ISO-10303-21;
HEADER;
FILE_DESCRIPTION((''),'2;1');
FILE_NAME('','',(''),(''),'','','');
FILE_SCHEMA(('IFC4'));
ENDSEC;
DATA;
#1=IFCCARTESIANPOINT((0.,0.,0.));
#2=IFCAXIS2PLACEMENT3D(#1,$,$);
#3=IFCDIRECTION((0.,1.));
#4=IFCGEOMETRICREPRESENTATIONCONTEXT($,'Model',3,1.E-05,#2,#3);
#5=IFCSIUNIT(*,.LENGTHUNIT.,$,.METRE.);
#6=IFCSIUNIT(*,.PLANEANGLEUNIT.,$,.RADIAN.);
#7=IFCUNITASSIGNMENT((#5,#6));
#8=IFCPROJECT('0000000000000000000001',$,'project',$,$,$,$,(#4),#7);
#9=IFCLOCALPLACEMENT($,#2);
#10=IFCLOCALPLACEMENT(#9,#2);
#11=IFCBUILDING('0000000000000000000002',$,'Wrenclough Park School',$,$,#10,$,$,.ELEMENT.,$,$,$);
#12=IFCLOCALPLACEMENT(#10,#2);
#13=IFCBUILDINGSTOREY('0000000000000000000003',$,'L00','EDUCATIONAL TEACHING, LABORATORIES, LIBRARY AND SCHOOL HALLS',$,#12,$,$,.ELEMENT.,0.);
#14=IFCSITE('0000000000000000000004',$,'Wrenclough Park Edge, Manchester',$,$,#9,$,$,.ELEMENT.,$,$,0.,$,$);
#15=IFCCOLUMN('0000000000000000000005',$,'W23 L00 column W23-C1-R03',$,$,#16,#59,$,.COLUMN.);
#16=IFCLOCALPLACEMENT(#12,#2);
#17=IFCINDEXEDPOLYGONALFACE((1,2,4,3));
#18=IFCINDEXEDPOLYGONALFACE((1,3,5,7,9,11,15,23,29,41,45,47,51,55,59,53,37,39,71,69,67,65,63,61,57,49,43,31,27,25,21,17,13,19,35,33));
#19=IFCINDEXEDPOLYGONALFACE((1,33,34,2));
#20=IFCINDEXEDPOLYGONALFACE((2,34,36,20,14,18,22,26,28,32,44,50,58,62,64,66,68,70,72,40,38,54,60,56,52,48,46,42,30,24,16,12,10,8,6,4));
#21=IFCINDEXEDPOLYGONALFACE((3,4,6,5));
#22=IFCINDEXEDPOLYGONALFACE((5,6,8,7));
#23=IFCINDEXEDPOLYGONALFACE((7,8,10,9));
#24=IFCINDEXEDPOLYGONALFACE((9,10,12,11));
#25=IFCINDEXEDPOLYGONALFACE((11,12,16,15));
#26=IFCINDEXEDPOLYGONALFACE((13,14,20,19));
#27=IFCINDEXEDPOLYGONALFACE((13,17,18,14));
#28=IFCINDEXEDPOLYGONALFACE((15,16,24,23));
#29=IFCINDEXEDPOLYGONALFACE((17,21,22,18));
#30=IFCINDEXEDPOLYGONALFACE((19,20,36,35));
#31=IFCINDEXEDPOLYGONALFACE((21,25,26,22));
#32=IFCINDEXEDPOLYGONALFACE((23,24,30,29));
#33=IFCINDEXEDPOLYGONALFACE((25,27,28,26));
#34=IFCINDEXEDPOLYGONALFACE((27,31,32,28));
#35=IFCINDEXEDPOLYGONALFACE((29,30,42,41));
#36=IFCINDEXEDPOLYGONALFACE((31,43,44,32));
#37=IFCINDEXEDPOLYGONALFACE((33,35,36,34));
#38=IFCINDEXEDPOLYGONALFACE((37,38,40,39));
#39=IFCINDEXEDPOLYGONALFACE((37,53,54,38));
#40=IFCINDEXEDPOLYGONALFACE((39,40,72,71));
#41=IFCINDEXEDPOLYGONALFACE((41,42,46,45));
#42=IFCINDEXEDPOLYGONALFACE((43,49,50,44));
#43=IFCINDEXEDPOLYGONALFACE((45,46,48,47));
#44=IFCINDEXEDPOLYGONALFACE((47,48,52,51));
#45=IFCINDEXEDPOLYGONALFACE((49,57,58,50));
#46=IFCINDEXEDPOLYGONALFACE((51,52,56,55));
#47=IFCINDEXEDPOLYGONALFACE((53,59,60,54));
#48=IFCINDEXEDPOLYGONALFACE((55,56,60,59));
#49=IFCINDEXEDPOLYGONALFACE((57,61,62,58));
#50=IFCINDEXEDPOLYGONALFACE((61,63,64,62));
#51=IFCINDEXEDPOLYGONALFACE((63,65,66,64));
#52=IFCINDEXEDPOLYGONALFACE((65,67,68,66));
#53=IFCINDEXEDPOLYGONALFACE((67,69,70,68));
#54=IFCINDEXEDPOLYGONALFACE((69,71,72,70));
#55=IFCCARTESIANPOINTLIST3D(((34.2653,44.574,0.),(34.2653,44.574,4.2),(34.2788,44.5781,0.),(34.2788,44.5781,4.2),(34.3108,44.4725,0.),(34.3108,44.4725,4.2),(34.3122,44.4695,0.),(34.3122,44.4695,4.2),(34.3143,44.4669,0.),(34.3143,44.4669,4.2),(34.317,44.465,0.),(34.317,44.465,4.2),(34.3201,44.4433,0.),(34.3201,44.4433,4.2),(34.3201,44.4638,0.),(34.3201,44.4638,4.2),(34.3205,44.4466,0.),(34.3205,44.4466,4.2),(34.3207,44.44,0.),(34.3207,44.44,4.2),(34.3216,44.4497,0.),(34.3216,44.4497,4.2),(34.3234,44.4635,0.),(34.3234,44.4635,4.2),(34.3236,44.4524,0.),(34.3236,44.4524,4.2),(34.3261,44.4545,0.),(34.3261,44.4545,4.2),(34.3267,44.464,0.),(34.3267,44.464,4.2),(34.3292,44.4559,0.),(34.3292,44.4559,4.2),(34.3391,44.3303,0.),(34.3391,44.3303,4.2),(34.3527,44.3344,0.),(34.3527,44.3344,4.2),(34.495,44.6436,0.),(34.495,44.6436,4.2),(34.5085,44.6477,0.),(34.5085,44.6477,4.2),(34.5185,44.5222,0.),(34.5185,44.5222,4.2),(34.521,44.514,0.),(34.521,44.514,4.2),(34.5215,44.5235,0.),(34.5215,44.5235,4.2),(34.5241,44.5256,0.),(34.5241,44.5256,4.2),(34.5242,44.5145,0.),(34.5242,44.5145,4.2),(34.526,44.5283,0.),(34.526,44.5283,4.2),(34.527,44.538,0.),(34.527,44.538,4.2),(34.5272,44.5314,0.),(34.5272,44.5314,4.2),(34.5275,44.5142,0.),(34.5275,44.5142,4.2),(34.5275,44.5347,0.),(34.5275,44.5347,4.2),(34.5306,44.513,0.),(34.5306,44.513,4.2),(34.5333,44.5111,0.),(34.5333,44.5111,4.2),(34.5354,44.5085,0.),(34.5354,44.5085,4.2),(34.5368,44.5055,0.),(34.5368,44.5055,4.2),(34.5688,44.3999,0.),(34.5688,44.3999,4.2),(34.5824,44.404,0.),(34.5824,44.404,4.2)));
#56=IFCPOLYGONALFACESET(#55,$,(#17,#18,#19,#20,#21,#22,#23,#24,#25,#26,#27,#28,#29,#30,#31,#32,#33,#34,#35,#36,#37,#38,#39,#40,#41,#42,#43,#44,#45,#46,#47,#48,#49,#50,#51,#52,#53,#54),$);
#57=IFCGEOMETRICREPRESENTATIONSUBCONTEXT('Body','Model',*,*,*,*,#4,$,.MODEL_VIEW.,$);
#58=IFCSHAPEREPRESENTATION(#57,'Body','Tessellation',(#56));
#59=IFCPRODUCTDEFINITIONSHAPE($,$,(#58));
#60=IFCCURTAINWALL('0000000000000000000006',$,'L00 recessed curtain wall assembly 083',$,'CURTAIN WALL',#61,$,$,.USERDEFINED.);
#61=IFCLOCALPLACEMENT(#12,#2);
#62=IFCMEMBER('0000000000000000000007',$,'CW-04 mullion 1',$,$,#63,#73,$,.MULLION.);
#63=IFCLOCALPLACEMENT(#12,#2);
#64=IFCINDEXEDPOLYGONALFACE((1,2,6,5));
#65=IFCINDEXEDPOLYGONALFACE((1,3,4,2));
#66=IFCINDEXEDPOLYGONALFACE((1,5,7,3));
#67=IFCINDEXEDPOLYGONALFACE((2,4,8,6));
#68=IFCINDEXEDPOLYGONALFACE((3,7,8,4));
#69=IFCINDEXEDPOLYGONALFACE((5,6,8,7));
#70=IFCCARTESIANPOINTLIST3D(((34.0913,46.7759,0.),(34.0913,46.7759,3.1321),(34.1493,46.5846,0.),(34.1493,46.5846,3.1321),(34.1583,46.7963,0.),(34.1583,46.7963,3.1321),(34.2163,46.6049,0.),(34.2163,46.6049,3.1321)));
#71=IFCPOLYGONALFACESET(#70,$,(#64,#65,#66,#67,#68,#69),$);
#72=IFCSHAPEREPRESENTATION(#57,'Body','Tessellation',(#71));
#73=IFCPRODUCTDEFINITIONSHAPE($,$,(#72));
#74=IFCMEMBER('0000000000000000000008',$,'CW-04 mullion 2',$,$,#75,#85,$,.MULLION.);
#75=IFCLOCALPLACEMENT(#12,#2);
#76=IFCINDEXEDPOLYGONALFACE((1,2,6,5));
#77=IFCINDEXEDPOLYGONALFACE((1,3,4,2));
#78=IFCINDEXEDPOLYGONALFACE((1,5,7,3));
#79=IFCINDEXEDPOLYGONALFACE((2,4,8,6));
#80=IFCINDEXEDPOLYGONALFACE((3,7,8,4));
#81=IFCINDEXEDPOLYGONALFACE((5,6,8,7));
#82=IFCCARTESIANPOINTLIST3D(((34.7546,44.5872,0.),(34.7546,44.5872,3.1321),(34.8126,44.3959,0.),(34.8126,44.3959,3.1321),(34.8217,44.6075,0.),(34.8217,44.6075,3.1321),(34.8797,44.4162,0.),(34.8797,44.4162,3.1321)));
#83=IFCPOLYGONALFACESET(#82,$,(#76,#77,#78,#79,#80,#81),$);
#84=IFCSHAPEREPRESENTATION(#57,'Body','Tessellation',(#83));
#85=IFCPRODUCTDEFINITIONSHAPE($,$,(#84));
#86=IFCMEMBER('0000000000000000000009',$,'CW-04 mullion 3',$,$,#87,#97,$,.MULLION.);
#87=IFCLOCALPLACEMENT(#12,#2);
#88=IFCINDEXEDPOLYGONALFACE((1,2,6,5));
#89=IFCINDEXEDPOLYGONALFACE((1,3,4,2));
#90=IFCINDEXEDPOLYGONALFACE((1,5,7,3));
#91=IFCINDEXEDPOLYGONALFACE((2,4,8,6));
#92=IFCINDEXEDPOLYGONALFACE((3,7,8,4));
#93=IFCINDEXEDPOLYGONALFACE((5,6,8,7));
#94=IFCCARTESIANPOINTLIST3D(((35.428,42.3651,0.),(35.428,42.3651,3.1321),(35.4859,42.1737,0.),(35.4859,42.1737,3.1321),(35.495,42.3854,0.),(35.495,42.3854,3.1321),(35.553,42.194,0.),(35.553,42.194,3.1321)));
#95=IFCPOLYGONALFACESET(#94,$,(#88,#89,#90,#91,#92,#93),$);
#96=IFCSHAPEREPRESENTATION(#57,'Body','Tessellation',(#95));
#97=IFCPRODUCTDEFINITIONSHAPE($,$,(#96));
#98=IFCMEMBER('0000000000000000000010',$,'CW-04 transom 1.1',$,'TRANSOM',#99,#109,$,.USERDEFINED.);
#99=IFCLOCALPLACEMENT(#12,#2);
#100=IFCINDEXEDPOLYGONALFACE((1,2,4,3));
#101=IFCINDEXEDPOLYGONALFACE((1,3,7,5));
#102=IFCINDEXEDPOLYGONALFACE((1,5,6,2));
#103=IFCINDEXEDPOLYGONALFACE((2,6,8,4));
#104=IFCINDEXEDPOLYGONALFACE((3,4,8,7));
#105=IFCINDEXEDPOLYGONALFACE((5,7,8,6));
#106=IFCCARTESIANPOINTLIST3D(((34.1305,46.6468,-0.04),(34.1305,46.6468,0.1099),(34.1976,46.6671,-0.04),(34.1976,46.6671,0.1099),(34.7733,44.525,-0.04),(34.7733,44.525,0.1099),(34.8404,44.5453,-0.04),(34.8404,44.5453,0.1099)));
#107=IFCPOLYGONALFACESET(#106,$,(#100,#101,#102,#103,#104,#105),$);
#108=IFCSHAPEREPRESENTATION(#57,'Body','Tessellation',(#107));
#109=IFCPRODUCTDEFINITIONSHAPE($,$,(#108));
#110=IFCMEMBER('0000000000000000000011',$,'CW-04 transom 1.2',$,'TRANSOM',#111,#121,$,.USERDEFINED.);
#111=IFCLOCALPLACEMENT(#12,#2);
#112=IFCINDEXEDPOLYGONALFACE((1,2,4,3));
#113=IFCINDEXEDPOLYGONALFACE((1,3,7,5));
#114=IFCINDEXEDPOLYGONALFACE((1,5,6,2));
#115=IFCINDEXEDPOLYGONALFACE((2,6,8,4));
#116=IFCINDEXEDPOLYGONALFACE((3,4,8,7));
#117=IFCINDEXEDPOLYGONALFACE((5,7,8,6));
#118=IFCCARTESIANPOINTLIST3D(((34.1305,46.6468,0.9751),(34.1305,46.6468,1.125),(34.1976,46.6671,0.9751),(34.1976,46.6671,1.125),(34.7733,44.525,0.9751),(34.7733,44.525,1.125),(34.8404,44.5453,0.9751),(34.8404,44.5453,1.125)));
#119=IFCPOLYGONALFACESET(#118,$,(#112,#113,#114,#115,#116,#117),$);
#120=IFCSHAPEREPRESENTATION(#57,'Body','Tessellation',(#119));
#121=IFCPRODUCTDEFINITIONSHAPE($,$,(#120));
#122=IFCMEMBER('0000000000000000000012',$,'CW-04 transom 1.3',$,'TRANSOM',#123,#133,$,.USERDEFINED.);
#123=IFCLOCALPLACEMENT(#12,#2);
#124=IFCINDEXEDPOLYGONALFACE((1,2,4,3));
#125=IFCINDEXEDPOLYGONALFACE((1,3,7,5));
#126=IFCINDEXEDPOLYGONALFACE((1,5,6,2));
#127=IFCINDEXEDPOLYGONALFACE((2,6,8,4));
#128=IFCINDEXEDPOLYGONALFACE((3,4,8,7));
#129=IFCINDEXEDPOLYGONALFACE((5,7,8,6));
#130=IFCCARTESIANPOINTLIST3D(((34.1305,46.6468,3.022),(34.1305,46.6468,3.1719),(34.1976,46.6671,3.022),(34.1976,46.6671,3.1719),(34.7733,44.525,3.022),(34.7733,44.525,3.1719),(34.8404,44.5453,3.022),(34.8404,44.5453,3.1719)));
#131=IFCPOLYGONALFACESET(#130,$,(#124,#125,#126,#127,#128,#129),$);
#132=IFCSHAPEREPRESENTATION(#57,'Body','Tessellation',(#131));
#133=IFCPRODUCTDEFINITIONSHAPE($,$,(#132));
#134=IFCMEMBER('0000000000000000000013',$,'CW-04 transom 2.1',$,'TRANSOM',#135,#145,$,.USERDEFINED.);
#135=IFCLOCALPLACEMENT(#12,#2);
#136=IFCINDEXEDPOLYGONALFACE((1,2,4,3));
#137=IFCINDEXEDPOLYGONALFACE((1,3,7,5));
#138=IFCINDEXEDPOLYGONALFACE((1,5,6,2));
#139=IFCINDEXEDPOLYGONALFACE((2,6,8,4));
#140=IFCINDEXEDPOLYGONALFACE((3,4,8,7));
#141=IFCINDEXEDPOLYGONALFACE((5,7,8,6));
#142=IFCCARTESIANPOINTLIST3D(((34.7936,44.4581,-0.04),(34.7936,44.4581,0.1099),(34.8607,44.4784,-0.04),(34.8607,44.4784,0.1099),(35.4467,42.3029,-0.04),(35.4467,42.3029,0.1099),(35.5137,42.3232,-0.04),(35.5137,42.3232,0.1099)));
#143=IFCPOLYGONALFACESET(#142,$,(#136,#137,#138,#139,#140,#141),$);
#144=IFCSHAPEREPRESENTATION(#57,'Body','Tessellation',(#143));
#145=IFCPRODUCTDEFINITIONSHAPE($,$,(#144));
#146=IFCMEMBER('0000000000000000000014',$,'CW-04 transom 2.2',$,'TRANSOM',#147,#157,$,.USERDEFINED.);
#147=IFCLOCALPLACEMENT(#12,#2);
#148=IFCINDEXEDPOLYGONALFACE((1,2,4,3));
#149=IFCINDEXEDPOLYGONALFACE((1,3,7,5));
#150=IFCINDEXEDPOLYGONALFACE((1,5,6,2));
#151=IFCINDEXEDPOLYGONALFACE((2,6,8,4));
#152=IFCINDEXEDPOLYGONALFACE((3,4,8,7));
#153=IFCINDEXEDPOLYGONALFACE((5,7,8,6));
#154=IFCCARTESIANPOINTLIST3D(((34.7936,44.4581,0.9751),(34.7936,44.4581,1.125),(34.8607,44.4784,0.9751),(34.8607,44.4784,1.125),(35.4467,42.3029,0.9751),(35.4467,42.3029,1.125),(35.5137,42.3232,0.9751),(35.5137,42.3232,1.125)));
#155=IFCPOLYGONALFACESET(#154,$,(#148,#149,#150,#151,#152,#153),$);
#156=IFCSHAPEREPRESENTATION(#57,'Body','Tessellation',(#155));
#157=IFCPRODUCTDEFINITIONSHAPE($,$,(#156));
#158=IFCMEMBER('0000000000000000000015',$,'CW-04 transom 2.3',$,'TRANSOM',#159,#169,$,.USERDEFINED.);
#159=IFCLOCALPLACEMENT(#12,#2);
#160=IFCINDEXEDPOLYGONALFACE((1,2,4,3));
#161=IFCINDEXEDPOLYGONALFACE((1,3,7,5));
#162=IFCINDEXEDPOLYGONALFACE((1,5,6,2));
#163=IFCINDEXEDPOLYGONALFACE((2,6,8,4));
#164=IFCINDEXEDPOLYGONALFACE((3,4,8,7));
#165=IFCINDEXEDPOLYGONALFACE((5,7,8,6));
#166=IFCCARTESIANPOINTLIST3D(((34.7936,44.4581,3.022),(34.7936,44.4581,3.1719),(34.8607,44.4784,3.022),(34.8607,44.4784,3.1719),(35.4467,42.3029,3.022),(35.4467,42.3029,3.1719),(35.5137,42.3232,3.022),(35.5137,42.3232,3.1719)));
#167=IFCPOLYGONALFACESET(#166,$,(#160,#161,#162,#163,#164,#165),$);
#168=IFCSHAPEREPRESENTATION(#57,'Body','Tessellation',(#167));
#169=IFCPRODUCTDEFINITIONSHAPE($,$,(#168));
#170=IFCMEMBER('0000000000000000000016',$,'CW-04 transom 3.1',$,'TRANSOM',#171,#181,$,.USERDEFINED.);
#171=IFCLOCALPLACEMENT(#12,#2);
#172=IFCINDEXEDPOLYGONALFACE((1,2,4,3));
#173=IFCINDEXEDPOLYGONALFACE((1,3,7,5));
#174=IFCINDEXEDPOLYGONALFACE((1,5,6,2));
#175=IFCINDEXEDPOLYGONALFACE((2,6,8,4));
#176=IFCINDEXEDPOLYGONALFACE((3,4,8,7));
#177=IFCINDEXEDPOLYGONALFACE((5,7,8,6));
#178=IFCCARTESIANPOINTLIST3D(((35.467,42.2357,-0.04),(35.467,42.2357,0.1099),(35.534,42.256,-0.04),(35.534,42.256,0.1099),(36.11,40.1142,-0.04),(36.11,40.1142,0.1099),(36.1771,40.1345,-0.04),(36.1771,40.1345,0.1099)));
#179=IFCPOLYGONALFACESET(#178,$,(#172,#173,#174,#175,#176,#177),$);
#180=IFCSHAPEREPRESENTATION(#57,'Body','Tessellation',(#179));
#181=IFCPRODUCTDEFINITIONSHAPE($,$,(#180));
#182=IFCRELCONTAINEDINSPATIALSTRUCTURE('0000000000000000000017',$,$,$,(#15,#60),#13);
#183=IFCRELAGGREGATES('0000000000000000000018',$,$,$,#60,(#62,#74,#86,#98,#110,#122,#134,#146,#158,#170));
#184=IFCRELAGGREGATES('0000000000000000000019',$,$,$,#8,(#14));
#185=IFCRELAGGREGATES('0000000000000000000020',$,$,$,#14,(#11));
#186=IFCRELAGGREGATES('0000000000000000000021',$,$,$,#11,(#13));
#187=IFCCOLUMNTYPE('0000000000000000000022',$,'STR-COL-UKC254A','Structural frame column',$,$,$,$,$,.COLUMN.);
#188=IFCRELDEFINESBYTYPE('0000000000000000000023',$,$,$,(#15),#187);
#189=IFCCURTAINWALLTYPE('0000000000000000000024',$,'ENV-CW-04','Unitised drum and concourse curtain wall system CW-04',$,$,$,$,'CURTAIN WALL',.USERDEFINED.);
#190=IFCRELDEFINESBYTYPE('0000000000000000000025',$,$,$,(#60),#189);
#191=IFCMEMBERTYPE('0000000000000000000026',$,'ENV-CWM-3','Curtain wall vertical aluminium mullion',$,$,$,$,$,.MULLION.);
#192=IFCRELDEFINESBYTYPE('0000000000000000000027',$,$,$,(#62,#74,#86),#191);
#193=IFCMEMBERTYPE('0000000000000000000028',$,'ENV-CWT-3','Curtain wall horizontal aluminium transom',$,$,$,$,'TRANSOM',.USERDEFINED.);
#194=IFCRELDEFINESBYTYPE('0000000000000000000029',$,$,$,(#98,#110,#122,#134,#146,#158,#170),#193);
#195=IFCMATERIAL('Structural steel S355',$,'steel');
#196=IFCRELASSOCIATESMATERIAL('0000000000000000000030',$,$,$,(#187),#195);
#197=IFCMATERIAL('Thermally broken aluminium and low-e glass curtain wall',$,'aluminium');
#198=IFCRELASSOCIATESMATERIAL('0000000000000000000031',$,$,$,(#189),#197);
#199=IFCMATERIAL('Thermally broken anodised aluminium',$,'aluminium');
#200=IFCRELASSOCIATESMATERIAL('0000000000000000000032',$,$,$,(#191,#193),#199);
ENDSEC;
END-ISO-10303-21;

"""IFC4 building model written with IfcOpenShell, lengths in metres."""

from ifc_helpers import new_model, si_unit, direction, frame, origin, origin_2d, place, context, subcontext, project, spatial, rectangle, i_section, extrude, material, material_profile, profile_set, type_object, element, aggregate, save


model = new_model("IFC4")

# Units and contexts
model_context = context("Model", 3, precision=1e-05, world=origin(), true_north=direction((0.0, 1.0)))
body_context = subcontext(model_context, "Body", "Model", "MODEL_VIEW")
ifc_project = project(units=[si_unit("LENGTHUNIT", "METRE"), si_unit("PLANEANGLEUNIT", "RADIAN")], contexts=[model_context])

# Site, building, storey
site_placement = place(None, origin())
site = spatial("IfcSite", under=ifc_project, at=site_placement, Name="Wrenclough Park Edge, Manchester", CompositionType="ELEMENT", RefElevation=0.0)
building_placement = place(site_placement, origin())
building = spatial("IfcBuilding", under=site, at=building_placement, Name="Wrenclough Park School", CompositionType="ELEMENT")
storey_placement = place(building_placement, origin())
storey = spatial("IfcBuildingStorey", under=building, at=storey_placement, Name="L00", Description="EDUCATIONAL TEACHING, LABORATORIES, LIBRARY AND SCHOOL HALLS", CompositionType="ELEMENT", Elevation=0.0)

# Column
ifc_material_1 = material(Name="Structural steel S355", Category="steel")
ifc_material_profile_1 = material_profile(ifc_material_1, i_section(OverallWidth=0.2546, OverallDepth=0.2542, WebThickness=0.0085, FlangeThickness=0.0142, FilletRadius=0.0127, at=origin_2d()), Name="UKC 254x254x73")
ifc_profile_set_1 = profile_set([ifc_material_profile_1], Name="Structural steel S355")
column_type_1 = type_object("IfcColumnType", Name="STR-COL-UKC254A", Description="Structural frame column", PredefinedType="COLUMN", material=ifc_profile_set_1)
column_1_placement = place(storey_placement, frame((34.4238, 44.489, 0.0), z_axis=(0.0, 0.0, 1.0), x_axis=(-0.290034, 0.957016, 0.0)))
element("IfcColumn", 1, at=column_1_placement, inside=storey, type_object=column_type_1, Name="W23 L00 column W23-C1-R03", PredefinedType="COLUMN", context=body_context, shape_type="SweptSolid", body=[
    extrude(i_section(OverallWidth=0.2546, OverallDepth=0.2542, WebThickness=0.0085, FlangeThickness=0.0142, FilletRadius=0.0127, at=origin_2d()), origin(), (0.0, 0.0, 1.0), 4.2),
])

# Curtain wall, members
ifc_material_2 = material(Name="Thermally broken aluminium and low-e glass curtain wall", Category="aluminium")
curtain_wall_type = type_object("IfcCurtainWallType", Name="ENV-CW-04", Description="Unitised drum and concourse curtain wall system CW-04", ElementType="CURTAIN WALL", PredefinedType="USERDEFINED", material=ifc_material_2)
curtain_wall_placement = place(storey_placement, origin())
curtain_wall = element("IfcCurtainWall", 2, at=curtain_wall_placement, inside=storey, type_object=curtain_wall_type, Name="L00 recessed curtain wall assembly 083", ObjectType="CURTAIN WALL", PredefinedType="USERDEFINED")
ifc_material_3 = material(Name="Thermally broken anodised aluminium", Category="aluminium")
ifc_material_profile_2 = material_profile(ifc_material_3, rectangle(XDim=0.0701, YDim=0.2, at=origin_2d()), Name="AL MULLION 70x200")
ifc_profile_set_2 = profile_set([ifc_material_profile_2], Name="Thermally broken anodised aluminium")
member_type_1 = type_object("IfcMemberType", Name="ENV-CWM-3", Description="Curtain wall vertical aluminium mullion", PredefinedType="MULLION", material=ifc_profile_set_2)
member_1_placement = place(storey_placement, frame((34.1538, 46.6904, 0.0), z_axis=(0.0, 0.0, 1.0), x_axis=(0.95703, 0.289989, 0.0)))
member_1 = element("IfcMember", 3, at=member_1_placement, type_object=member_type_1, Name="CW-04 mullion 1", PredefinedType="MULLION", context=body_context, shape_type="SweptSolid", body=[
    extrude(rectangle(XDim=0.0701, YDim=0.2, at=origin_2d()), origin(), (0.0, 0.0, 1.0), 3.1321),
])
member_2_placement = place(storey_placement, frame((34.8171, 44.5017, 0.0), z_axis=(0.0, 0.0, 1.0), x_axis=(0.95703, 0.289989, 0.0)))
member_2 = element("IfcMember", 4, at=member_2_placement, type_object=member_type_1, Name="CW-04 mullion 2", PredefinedType="MULLION", context=body_context, shape_type="SweptSolid", body=[
    extrude(rectangle(XDim=0.0701, YDim=0.2, at=origin_2d()), origin(), (0.0, 0.0, 1.0), 3.1321),
])
member_3_placement = place(storey_placement, frame((35.4905, 42.2795, 0.0), z_axis=(0.0, 0.0, 1.0), x_axis=(0.95703, 0.289989, 0.0)))
member_3 = element("IfcMember", 5, at=member_3_placement, type_object=member_type_1, Name="CW-04 mullion 3", PredefinedType="MULLION", context=body_context, shape_type="SweptSolid", body=[
    extrude(rectangle(XDim=0.0701, YDim=0.2, at=origin_2d()), origin(), (0.0, 0.0, 1.0), 3.1321),
])
ifc_material_profile_3 = material_profile(ifc_material_3, rectangle(XDim=0.0701, YDim=0.1499, at=origin_2d()), Name="AL TRANSOM 70x150")
ifc_profile_set_3 = profile_set([ifc_material_profile_3], Name="Thermally broken anodised aluminium")
member_type_2 = type_object("IfcMemberType", Name="ENV-CWT-3", Description="Curtain wall horizontal aluminium transom", ElementType="TRANSOM", PredefinedType="USERDEFINED", material=ifc_profile_set_3)
member_4_placement = place(storey_placement, frame((34.1641, 46.657, 0.0349), z_axis=(0.289943, -0.957044, 0.0), x_axis=(0.957044, 0.289943, 0.0)))
member_4 = element("IfcMember", 6, at=member_4_placement, type_object=member_type_2, Name="CW-04 transom 1.1", ObjectType="TRANSOM", PredefinedType="USERDEFINED", context=body_context, shape_type="SweptSolid", body=[
    extrude(rectangle(XDim=0.0701, YDim=0.1499, at=origin_2d()), origin(), (0.0, 0.0, 1.0), 2.217),
])
member_5_placement = place(storey_placement, frame((34.1641, 46.657, 1.05), z_axis=(0.289943, -0.957044, 0.0), x_axis=(0.957044, 0.289943, 0.0)))
member_5 = element("IfcMember", 7, at=member_5_placement, type_object=member_type_2, Name="CW-04 transom 1.2", ObjectType="TRANSOM", PredefinedType="USERDEFINED", context=body_context, shape_type="SweptSolid", body=[
    extrude(rectangle(XDim=0.0701, YDim=0.1499, at=origin_2d()), origin(), (0.0, 0.0, 1.0), 2.217),
])
member_6_placement = place(storey_placement, frame((34.1641, 46.657, 3.0969), z_axis=(0.289943, -0.957044, 0.0), x_axis=(0.957044, 0.289943, 0.0)))
member_6 = element("IfcMember", 8, at=member_6_placement, type_object=member_type_2, Name="CW-04 transom 1.3", ObjectType="TRANSOM", PredefinedType="USERDEFINED", context=body_context, shape_type="SweptSolid", body=[
    extrude(rectangle(XDim=0.0701, YDim=0.1499, at=origin_2d()), origin(), (0.0, 0.0, 1.0), 2.217),
])
member_7_placement = place(storey_placement, frame((34.8271, 44.4683, 0.0349), z_axis=(0.289992, -0.957029, 0.0), x_axis=(0.957029, 0.289992, 0.0)))
member_7 = element("IfcMember", 9, at=member_7_placement, type_object=member_type_2, Name="CW-04 transom 2.1", ObjectType="TRANSOM", PredefinedType="USERDEFINED", context=body_context, shape_type="SweptSolid", body=[
    extrude(rectangle(XDim=0.0701, YDim=0.1499, at=origin_2d()), origin(), (0.0, 0.0, 1.0), 2.252),
])
member_8_placement = place(storey_placement, frame((34.8271, 44.4683, 1.05), z_axis=(0.289992, -0.957029, 0.0), x_axis=(0.957029, 0.289992, 0.0)))
member_8 = element("IfcMember", 10, at=member_8_placement, type_object=member_type_2, Name="CW-04 transom 2.2", ObjectType="TRANSOM", PredefinedType="USERDEFINED", context=body_context, shape_type="SweptSolid", body=[
    extrude(rectangle(XDim=0.0701, YDim=0.1499, at=origin_2d()), origin(), (0.0, 0.0, 1.0), 2.252),
])
member_9_placement = place(storey_placement, frame((34.8271, 44.4683, 3.0969), z_axis=(0.289992, -0.957029, 0.0), x_axis=(0.957029, 0.289992, 0.0)))
member_9 = element("IfcMember", 11, at=member_9_placement, type_object=member_type_2, Name="CW-04 transom 2.3", ObjectType="TRANSOM", PredefinedType="USERDEFINED", context=body_context, shape_type="SweptSolid", body=[
    extrude(rectangle(XDim=0.0701, YDim=0.1499, at=origin_2d()), origin(), (0.0, 0.0, 1.0), 2.252),
])
member_10_placement = place(storey_placement, frame((35.5005, 42.2458, 0.0349), z_axis=(0.290075, -0.957004, 0.0), x_axis=(0.957004, 0.290075, 0.0)))
member_10 = element("IfcMember", 12, at=member_10_placement, type_object=member_type_2, Name="CW-04 transom 3.1", ObjectType="TRANSOM", PredefinedType="USERDEFINED", context=body_context, shape_type="SweptSolid", body=[
    extrude(rectangle(XDim=0.0701, YDim=0.1499, at=origin_2d()), origin(), (0.0, 0.0, 1.0), 2.2168),
])

aggregate(curtain_wall, [member_1, member_2, member_3, member_4, member_5, member_6, member_7, member_8, member_9, member_10])

save(model, "model.ifc")
